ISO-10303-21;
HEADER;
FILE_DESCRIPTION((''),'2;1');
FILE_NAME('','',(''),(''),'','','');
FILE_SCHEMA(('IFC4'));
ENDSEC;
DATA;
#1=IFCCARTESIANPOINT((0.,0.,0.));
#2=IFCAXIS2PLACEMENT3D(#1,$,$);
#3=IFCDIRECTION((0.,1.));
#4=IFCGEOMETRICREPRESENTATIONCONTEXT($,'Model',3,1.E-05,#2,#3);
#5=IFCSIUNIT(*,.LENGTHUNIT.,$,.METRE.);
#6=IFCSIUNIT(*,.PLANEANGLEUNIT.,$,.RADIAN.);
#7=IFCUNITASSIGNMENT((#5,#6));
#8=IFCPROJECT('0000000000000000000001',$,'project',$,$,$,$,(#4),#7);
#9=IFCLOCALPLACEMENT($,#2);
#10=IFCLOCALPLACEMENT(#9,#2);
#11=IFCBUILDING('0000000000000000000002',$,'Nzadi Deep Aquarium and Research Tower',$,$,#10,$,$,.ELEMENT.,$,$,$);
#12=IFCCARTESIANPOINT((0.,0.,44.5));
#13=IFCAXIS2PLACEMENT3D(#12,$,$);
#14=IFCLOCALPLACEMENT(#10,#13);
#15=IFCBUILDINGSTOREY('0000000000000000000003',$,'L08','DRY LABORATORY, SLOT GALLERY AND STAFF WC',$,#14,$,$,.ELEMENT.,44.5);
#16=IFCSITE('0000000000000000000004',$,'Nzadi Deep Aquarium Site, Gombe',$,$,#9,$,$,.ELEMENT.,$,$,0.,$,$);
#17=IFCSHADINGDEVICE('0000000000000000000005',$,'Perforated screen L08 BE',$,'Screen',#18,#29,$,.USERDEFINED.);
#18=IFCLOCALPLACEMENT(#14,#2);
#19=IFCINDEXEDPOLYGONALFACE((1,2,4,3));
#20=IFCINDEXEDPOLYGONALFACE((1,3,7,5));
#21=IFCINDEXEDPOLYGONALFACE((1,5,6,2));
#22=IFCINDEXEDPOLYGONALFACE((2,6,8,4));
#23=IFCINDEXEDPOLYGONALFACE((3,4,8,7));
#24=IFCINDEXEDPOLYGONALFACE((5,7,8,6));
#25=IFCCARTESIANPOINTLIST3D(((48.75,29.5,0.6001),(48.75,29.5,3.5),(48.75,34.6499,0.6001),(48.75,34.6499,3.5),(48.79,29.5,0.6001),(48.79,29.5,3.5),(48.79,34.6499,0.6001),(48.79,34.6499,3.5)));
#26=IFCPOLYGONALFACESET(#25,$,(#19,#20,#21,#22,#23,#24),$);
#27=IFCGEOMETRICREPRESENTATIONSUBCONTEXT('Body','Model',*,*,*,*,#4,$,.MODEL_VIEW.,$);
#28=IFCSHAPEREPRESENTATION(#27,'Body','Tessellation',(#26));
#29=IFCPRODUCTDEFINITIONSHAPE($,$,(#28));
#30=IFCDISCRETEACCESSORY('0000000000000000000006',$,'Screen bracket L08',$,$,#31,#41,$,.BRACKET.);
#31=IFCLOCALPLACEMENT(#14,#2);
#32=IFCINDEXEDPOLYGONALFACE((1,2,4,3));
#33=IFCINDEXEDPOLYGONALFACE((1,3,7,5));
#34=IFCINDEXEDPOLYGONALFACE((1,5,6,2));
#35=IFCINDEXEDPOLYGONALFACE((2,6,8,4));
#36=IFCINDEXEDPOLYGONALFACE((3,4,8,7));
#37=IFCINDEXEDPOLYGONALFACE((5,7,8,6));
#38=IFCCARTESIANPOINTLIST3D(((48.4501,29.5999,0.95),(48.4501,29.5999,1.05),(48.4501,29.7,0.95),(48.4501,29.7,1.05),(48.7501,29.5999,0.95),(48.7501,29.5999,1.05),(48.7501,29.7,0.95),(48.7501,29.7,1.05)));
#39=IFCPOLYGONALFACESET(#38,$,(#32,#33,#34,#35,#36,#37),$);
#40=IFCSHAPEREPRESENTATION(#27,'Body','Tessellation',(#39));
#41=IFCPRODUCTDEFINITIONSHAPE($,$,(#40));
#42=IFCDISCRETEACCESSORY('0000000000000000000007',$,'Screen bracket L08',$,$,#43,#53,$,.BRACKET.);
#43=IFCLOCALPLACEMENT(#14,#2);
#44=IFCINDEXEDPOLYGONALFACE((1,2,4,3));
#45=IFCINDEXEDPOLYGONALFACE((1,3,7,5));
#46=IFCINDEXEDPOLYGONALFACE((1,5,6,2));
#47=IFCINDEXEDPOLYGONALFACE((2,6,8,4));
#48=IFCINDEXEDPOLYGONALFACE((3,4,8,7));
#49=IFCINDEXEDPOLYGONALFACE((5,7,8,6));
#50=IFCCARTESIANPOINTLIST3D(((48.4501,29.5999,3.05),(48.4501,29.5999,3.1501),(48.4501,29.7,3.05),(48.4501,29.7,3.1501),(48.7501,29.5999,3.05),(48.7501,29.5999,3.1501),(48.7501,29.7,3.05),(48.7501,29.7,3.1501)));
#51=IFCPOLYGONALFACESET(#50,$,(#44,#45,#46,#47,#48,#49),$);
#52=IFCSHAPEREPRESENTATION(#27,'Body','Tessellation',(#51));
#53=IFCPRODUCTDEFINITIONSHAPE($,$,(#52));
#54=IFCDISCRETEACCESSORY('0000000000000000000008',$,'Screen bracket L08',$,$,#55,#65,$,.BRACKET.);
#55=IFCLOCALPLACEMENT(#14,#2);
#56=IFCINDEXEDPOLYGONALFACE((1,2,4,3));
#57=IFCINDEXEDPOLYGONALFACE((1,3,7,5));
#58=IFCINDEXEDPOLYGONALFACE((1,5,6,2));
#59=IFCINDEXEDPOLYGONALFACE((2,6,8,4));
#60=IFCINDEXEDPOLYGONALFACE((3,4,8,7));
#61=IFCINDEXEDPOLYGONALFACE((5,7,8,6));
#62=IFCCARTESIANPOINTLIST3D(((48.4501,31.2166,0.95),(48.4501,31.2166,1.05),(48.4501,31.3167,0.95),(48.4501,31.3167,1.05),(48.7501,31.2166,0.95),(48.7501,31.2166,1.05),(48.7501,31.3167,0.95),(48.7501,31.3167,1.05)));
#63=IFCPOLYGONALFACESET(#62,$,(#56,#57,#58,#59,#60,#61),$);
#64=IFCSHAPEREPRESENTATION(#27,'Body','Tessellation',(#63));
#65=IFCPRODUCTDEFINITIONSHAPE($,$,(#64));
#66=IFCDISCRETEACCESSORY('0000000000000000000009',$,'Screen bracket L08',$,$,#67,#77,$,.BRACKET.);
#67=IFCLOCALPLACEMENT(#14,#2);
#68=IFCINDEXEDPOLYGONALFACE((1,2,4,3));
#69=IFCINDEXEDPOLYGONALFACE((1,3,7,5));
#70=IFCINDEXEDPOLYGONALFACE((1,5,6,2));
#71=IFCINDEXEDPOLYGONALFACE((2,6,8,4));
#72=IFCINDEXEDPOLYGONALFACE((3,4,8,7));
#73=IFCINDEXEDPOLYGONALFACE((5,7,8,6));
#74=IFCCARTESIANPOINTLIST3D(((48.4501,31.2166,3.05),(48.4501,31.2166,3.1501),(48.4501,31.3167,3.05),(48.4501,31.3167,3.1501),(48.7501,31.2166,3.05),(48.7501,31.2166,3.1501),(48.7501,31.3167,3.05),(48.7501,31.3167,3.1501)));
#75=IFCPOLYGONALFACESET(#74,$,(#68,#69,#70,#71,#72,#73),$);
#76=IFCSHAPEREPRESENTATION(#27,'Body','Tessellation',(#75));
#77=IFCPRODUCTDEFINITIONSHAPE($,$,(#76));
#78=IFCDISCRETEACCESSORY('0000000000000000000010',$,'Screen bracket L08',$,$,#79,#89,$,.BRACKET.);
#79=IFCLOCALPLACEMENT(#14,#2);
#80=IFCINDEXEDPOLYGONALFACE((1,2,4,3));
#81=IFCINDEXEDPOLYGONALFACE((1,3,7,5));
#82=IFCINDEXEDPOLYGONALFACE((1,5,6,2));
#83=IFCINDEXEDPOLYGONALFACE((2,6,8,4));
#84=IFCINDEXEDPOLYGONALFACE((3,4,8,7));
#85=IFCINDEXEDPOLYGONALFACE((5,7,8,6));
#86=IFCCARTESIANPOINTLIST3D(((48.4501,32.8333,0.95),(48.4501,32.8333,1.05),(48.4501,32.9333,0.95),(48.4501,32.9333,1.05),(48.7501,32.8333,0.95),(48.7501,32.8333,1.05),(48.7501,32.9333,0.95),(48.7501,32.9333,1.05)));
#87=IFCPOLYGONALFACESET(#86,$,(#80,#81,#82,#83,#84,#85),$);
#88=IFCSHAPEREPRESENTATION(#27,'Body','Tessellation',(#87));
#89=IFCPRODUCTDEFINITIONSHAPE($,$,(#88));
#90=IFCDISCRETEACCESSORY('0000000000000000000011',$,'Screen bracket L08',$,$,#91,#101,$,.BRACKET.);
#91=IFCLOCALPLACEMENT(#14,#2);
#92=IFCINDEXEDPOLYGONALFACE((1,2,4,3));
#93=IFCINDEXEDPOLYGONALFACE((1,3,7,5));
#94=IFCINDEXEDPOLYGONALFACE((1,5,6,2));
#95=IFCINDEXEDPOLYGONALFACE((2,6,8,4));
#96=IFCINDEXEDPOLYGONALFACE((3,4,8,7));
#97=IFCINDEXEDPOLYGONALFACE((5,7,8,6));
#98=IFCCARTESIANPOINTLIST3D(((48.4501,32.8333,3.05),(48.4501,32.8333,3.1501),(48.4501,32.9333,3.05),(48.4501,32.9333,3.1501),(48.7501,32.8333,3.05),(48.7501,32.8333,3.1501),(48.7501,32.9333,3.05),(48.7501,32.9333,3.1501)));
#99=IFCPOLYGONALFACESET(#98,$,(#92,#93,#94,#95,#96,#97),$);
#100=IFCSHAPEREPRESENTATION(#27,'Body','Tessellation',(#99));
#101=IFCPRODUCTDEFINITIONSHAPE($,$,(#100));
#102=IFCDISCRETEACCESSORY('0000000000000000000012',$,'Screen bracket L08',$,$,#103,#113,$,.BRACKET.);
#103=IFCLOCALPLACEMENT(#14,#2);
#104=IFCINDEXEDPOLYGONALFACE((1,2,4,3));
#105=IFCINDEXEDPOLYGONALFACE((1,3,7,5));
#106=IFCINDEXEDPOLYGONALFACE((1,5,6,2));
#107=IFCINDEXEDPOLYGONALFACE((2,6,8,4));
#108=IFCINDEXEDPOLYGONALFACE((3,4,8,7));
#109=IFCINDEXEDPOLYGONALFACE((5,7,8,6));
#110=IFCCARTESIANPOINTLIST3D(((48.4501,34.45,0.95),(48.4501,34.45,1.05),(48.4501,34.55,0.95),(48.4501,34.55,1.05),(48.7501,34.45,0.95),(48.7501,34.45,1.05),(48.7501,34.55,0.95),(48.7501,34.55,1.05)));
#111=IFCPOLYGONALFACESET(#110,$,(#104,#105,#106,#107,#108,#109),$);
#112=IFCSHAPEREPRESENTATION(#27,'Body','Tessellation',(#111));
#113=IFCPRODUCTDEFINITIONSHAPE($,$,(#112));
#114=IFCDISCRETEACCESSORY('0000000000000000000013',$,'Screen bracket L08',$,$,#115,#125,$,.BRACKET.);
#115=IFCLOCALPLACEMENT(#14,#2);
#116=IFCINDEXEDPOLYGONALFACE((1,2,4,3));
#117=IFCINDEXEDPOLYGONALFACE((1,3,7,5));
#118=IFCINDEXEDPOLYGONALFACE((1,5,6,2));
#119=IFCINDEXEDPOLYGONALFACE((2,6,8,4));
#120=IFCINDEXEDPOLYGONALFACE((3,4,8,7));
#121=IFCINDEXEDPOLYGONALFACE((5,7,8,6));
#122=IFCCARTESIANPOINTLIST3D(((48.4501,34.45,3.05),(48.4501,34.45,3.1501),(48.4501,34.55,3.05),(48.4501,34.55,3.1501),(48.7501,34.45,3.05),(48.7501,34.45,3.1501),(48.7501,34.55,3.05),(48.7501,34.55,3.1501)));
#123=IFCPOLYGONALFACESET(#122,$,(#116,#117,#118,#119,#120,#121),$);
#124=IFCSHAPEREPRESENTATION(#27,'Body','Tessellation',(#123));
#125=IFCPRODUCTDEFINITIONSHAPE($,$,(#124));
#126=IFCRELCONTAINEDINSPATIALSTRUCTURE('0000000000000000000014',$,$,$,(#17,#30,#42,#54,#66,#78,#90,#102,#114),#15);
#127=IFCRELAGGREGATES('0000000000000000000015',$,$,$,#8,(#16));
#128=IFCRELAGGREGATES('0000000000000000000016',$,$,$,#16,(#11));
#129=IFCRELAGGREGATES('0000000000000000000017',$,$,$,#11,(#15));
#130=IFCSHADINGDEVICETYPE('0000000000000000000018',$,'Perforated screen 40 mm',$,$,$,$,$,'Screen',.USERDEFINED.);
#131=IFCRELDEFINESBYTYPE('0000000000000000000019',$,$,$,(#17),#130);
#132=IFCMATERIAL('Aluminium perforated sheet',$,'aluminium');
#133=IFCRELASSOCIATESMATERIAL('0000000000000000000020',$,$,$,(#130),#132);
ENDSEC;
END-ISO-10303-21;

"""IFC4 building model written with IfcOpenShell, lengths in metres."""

from ifc_helpers import new_model, si_unit, direction, frame, origin, origin_2d, place, context, subcontext, project, spatial, rectangle, extrude, material, type_object, element, save


model = new_model("IFC4")

# Units and contexts
model_context = context("Model", 3, precision=1e-05, world=origin(), true_north=direction((0.0, 1.0)))
body_context = subcontext(model_context, "Body", "Model", "MODEL_VIEW")
ifc_project = project(units=[si_unit("LENGTHUNIT", "METRE"), si_unit("PLANEANGLEUNIT", "RADIAN")], contexts=[model_context])

# Site, building, storey
site_placement = place(None, origin())
site = spatial("IfcSite", under=ifc_project, at=site_placement, Name="Nzadi Deep Aquarium Site, Gombe", CompositionType="ELEMENT", RefElevation=0.0)
building_placement = place(site_placement, origin())
building = spatial("IfcBuilding", under=site, at=building_placement, Name="Nzadi Deep Aquarium and Research Tower", CompositionType="ELEMENT")
storey_placement = place(building_placement, frame((0.0, 0.0, 44.5)))
storey = spatial("IfcBuildingStorey", under=building, at=storey_placement, Name="L08", Description="DRY LABORATORY, SLOT GALLERY AND STAFF WC", CompositionType="ELEMENT", Elevation=44.5)

# Shading device
ifc_material_1 = material(Name="Aluminium perforated sheet", Category="aluminium")
shading_device_type = type_object("IfcShadingDeviceType", Name="Perforated screen 40 mm", ElementType="Screen", PredefinedType="USERDEFINED", material=ifc_material_1)
shading_device_placement = place(storey_placement, frame((48.77, 32.075, 0.6001), z_axis=(0.0, 0.0, 1.0), x_axis=(1.0, 0.0, 0.0)))
element("IfcShadingDevice", 1, at=shading_device_placement, inside=storey, type_object=shading_device_type, Name="Perforated screen L08 BE", ObjectType="Screen", PredefinedType="USERDEFINED", context=body_context, shape_type="SweptSolid", body=[
    extrude(rectangle(XDim=0.04, YDim=5.1499, at=origin_2d()), origin(), (0.0, 0.0, 1.0), 2.8999),
])

# Discrete accessories
for number, where, z_axis, x_axis, name in (
    (2, (48.6001, 29.6499, 0.95), (0.0, 0.0, 1.0), (1.0, 0.0, 0.0), "Screen bracket L08"),
    (3, (48.6001, 29.6499, 3.05), (0.0, 0.0, 1.0), (1.0, 0.0, 0.0), "Screen bracket L08"),
    (4, (48.6001, 31.2666, 0.95), (0.0, 0.0, 1.0), (1.0, 0.0, 0.0), "Screen bracket L08"),
    (5, (48.6001, 31.2666, 3.05), (0.0, 0.0, 1.0), (1.0, 0.0, 0.0), "Screen bracket L08"),
    (6, (48.6001, 32.8833, 0.95), (0.0, 0.0, 1.0), (1.0, 0.0, 0.0), "Screen bracket L08"),
    (7, (48.6001, 32.8833, 3.05), (0.0, 0.0, 1.0), (1.0, 0.0, 0.0), "Screen bracket L08"),
    (8, (48.6001, 34.5, 0.95), (0.0, 0.0, 1.0), (1.0, 0.0, 0.0), "Screen bracket L08"),
    (9, (48.6001, 34.5, 3.05), (0.0, 0.0, 1.0), (1.0, 0.0, 0.0), "Screen bracket L08"),
):
    element("IfcDiscreteAccessory", number, at=place(storey_placement, frame(where, z_axis=z_axis, x_axis=x_axis)), inside=storey, Name=name, PredefinedType="BRACKET", context=body_context, shape_type="SweptSolid", body=[
        extrude(rectangle(XDim=0.3, YDim=0.1001, at=origin_2d()), origin(), (0.0, 0.0, 1.0), 0.1001),
    ])

save(model, "model.ifc")
